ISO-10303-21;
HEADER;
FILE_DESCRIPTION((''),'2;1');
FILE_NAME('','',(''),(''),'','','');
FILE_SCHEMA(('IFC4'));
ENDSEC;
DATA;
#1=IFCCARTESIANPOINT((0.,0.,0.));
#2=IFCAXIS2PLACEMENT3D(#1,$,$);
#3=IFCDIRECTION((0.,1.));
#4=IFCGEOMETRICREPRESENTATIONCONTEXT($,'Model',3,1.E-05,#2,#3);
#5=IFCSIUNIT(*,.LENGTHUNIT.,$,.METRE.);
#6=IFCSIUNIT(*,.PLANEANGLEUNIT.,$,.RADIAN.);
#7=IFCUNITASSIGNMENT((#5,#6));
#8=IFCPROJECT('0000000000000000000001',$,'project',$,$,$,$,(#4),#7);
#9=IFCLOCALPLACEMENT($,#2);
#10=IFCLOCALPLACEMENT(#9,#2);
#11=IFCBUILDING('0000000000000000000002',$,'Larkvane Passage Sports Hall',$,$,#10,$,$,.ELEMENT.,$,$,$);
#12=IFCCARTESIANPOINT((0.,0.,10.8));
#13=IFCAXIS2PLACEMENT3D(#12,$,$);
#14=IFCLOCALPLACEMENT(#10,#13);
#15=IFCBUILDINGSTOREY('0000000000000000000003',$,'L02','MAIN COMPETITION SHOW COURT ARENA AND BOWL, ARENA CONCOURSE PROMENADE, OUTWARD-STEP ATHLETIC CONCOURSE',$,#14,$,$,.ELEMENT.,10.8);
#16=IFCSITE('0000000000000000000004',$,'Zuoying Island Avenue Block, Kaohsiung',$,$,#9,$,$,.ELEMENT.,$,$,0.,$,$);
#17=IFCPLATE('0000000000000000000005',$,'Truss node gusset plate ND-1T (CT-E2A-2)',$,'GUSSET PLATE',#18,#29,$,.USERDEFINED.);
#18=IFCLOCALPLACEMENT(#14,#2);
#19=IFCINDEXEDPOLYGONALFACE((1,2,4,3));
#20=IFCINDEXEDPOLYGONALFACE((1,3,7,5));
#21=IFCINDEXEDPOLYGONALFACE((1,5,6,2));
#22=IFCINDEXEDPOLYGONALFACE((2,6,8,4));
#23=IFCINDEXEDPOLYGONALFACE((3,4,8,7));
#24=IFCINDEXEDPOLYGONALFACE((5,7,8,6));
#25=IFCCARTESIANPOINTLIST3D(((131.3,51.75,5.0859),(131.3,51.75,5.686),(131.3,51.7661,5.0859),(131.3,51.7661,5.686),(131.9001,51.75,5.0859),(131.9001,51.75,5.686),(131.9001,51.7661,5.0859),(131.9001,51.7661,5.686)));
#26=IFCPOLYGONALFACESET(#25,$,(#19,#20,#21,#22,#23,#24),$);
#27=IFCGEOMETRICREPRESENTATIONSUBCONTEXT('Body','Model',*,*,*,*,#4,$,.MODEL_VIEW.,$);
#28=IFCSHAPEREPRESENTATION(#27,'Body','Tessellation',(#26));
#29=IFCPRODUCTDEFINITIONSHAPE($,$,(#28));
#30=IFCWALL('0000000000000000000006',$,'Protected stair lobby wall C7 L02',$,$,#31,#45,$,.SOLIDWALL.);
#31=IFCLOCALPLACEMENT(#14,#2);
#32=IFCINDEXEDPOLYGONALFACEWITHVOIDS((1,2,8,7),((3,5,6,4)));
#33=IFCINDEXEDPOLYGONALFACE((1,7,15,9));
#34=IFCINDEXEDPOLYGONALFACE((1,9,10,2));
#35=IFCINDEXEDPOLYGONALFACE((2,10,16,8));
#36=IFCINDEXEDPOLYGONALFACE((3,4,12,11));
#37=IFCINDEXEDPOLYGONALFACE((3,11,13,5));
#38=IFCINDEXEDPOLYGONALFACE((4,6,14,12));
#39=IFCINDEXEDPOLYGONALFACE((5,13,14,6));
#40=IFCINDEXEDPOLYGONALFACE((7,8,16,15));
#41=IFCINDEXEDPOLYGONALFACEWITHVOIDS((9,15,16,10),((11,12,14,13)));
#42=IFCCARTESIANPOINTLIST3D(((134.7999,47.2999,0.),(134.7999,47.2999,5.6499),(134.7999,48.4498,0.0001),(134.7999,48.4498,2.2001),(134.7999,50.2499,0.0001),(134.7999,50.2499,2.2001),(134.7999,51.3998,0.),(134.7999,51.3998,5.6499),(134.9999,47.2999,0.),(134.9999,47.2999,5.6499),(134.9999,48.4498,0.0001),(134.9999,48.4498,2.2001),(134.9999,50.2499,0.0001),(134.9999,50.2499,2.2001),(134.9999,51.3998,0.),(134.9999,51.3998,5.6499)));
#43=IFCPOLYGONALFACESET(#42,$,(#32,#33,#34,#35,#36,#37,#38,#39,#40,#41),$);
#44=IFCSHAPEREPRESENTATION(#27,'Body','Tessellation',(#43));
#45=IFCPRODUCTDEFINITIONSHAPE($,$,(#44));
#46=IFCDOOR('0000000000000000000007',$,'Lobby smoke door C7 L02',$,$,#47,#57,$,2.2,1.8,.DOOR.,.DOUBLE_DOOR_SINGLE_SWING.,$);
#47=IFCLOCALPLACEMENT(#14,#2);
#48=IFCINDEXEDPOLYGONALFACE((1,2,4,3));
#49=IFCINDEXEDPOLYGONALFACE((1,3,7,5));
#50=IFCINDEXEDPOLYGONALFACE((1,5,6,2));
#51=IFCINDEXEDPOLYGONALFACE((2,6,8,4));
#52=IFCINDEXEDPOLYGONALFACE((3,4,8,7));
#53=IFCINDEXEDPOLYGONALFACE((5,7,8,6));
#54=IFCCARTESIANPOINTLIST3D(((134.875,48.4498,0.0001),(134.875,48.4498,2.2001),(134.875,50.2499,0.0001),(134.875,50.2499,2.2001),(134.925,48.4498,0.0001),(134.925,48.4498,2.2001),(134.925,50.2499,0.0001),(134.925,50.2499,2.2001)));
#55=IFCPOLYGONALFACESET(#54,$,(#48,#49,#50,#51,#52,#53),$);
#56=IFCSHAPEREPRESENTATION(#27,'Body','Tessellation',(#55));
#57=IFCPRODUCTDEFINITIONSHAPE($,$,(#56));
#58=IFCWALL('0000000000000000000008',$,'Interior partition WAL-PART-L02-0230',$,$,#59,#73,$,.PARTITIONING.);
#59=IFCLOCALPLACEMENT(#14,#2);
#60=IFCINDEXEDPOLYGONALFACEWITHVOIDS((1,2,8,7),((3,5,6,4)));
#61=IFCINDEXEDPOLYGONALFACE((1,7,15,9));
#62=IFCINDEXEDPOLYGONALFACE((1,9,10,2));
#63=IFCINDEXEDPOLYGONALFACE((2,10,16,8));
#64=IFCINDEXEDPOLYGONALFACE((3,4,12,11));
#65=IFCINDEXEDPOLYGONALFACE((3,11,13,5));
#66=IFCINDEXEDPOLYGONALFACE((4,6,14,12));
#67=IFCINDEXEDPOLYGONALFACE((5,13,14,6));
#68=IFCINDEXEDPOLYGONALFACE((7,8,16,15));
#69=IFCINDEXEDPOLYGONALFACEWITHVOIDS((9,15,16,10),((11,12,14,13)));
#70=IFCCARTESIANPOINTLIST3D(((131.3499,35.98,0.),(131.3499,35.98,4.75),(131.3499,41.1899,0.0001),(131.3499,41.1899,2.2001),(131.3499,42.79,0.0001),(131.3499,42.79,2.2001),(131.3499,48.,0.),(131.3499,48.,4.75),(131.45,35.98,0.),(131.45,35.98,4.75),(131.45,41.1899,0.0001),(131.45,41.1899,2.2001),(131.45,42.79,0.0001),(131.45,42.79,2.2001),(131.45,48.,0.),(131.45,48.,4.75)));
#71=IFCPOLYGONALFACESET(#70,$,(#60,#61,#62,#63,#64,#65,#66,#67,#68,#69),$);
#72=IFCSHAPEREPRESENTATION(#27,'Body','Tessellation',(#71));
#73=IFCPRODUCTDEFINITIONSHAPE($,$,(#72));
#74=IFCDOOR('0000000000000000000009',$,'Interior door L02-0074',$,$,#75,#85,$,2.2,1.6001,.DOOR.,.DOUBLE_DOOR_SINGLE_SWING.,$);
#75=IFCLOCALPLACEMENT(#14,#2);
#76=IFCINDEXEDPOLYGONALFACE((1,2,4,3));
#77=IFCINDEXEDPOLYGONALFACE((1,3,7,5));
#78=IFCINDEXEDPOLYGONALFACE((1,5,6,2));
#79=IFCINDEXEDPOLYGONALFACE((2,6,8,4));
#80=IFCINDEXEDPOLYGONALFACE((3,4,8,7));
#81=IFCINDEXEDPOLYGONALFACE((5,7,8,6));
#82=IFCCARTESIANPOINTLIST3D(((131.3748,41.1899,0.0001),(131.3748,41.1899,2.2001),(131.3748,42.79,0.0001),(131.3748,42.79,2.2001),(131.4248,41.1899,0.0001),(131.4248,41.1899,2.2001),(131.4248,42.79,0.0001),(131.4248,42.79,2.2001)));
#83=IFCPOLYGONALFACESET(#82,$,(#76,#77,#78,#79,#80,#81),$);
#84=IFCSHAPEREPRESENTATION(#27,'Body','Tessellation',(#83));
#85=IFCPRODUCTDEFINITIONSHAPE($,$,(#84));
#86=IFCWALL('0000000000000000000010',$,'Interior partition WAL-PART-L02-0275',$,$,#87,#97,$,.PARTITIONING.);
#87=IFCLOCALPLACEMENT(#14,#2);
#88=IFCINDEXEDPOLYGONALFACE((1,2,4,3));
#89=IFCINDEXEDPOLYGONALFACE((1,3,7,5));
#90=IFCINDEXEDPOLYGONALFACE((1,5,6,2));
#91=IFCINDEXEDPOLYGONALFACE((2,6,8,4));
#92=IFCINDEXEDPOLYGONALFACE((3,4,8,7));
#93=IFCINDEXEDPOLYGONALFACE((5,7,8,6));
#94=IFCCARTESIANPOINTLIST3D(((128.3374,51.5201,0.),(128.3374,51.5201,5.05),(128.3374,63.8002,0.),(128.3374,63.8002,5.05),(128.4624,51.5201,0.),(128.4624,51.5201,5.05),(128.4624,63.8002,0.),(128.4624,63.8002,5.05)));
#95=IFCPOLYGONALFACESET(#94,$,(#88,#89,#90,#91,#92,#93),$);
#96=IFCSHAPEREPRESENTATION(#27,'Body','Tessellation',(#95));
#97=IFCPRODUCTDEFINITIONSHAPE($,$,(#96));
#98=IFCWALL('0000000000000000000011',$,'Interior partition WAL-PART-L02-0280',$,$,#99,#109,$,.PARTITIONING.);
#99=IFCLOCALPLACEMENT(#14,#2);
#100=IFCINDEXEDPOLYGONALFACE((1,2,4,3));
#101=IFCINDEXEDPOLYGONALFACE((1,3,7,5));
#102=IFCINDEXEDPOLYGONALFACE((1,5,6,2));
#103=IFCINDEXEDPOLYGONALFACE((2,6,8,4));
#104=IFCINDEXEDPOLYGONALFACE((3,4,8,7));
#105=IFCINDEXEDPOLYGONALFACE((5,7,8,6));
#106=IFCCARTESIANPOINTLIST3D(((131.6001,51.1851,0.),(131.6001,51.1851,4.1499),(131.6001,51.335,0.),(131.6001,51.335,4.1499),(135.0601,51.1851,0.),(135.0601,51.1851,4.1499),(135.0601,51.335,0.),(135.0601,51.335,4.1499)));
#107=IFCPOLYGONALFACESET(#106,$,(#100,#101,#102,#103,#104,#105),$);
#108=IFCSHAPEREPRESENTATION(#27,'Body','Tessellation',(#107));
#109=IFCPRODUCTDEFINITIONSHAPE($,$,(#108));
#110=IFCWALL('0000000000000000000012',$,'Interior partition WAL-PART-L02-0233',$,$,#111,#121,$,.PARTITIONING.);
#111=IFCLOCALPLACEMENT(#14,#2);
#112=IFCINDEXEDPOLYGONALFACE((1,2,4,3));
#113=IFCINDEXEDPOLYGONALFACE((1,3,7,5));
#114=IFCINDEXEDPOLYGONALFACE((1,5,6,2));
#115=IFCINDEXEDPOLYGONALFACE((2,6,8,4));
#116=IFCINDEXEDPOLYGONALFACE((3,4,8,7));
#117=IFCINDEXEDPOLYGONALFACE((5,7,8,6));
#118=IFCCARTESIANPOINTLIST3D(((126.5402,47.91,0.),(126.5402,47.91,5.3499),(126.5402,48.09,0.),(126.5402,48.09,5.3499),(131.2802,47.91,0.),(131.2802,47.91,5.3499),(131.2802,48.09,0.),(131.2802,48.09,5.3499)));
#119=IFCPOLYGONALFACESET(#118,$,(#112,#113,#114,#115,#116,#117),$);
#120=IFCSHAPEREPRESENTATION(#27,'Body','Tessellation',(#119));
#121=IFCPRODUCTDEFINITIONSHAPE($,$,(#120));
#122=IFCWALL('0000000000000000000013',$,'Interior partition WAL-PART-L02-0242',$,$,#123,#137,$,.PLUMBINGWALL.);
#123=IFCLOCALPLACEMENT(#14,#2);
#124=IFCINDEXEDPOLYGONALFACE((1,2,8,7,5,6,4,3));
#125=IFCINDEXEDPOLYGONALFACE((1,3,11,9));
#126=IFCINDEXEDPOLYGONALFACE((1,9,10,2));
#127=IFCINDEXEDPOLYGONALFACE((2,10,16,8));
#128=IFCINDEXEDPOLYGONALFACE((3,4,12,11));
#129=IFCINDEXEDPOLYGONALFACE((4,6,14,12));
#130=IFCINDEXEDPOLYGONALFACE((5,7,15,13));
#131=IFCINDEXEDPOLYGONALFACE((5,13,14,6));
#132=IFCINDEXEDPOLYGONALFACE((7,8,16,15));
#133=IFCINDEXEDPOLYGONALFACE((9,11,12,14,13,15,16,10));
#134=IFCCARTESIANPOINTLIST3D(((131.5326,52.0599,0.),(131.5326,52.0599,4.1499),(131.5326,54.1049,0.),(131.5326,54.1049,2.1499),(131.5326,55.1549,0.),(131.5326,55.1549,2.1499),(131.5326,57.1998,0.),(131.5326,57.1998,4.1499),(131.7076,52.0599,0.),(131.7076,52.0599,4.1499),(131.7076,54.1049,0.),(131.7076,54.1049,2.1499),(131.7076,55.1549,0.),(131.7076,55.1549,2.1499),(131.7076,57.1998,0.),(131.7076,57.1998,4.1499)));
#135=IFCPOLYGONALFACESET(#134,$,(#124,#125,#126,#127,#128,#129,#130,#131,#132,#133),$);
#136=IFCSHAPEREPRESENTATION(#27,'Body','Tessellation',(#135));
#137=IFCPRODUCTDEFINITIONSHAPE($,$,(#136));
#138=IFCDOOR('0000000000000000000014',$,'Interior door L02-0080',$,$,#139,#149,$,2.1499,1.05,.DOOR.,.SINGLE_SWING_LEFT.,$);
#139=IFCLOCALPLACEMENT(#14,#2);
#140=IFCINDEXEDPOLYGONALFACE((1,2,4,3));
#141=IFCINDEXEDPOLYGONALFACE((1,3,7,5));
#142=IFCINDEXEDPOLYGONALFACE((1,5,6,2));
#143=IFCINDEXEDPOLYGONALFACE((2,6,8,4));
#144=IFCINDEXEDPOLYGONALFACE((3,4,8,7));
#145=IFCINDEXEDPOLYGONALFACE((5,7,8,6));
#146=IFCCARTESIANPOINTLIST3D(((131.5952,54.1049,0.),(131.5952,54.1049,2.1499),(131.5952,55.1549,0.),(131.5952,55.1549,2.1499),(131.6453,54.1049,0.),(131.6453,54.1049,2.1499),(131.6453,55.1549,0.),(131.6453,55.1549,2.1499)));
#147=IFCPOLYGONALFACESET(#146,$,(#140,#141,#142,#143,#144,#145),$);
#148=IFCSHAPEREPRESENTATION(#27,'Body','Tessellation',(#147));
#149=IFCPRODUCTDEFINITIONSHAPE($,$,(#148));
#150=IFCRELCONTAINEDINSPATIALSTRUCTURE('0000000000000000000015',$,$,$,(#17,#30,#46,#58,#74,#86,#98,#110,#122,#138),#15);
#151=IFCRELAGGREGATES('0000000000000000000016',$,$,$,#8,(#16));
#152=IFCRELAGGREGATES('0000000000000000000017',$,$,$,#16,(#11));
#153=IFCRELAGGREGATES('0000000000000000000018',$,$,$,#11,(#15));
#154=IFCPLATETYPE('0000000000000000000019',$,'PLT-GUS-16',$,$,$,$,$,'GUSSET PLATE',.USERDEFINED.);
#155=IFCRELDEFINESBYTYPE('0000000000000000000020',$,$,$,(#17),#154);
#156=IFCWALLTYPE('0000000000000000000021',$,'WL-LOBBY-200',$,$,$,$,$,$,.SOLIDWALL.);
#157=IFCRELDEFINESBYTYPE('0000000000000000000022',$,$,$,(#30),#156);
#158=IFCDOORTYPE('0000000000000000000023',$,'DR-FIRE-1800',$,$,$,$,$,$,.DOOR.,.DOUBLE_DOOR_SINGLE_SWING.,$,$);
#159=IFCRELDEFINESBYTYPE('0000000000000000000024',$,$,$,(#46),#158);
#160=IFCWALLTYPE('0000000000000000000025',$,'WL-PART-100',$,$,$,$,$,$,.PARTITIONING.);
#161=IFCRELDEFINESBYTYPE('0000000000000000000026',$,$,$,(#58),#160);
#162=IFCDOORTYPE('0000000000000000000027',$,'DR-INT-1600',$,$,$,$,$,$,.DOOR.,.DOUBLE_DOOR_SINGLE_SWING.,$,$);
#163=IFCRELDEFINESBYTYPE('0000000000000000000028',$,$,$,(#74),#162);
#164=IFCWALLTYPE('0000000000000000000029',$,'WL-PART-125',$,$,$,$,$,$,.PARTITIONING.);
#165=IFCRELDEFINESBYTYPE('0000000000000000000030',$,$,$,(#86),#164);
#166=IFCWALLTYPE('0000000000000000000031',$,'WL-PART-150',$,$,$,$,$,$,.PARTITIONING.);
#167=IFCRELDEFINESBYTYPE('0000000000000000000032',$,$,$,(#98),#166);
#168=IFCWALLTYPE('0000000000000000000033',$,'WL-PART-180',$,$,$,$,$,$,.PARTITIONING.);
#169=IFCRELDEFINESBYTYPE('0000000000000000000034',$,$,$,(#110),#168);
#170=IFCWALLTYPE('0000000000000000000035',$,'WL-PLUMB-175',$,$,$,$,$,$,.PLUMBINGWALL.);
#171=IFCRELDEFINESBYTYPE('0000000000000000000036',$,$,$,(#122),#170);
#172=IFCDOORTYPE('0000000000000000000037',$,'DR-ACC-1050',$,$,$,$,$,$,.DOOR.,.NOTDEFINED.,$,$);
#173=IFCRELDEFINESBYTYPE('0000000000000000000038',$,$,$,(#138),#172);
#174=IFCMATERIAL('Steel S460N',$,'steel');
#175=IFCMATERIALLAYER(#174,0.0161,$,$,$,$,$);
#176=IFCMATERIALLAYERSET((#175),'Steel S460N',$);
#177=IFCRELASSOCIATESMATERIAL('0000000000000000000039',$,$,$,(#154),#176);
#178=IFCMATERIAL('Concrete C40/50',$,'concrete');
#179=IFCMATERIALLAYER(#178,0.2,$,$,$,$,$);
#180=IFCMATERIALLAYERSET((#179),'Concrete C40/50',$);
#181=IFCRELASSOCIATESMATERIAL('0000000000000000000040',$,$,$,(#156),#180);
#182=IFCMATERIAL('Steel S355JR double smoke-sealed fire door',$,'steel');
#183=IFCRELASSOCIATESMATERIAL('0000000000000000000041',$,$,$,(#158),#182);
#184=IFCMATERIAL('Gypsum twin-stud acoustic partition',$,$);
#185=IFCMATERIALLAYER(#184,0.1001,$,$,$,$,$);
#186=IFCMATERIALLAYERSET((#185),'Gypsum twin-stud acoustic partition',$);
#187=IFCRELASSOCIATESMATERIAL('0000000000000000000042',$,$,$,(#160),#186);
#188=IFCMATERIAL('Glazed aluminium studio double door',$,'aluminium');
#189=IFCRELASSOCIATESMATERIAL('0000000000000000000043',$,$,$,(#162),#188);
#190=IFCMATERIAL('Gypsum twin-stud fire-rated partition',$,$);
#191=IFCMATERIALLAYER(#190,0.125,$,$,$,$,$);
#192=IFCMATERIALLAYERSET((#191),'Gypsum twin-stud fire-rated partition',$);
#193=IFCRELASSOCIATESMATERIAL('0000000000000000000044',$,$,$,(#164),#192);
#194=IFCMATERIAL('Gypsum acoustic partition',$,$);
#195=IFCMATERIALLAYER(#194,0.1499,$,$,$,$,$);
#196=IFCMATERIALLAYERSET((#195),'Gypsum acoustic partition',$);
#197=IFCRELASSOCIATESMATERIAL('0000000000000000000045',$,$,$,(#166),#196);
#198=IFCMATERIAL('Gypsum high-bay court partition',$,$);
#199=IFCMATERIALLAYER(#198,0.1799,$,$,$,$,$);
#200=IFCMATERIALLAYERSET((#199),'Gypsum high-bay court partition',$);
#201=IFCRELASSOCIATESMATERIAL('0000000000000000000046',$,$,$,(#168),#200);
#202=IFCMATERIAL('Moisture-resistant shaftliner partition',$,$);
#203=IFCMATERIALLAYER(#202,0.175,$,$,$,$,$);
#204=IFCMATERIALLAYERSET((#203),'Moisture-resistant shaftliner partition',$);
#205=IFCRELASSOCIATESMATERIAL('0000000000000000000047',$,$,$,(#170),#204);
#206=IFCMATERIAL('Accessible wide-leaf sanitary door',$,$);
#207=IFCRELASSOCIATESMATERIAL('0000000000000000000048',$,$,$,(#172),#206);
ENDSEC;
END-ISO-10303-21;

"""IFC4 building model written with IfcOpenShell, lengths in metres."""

from ifc_helpers import new_model, si_unit, direction, frame, frame_2d, origin, origin_2d, place, context, subcontext, project, spatial, rectangle, extrude, material, layer, layer_set, type_object, element, fill, save


model = new_model("IFC4")

# Units and contexts
model_context = context("Model", 3, precision=1e-05, world=origin(), true_north=direction((0.0, 1.0)))
body_context = subcontext(model_context, "Body", "Model", "MODEL_VIEW")
ifc_project = project(units=[si_unit("LENGTHUNIT", "METRE"), si_unit("PLANEANGLEUNIT", "RADIAN")], contexts=[model_context])

# Site, building, storey
site_placement = place(None, origin())
site = spatial("IfcSite", under=ifc_project, at=site_placement, Name="Zuoying Island Avenue Block, Kaohsiung", CompositionType="ELEMENT", RefElevation=0.0)
building_placement = place(site_placement, origin())
building = spatial("IfcBuilding", under=site, at=building_placement, Name="Larkvane Passage Sports Hall", CompositionType="ELEMENT")
storey_placement = place(building_placement, frame((0.0, 0.0, 10.8)))
storey = spatial("IfcBuildingStorey", under=building, at=storey_placement, Name="L02", Description="MAIN COMPETITION SHOW COURT ARENA AND BOWL, ARENA CONCOURSE PROMENADE, OUTWARD-STEP ATHLETIC CONCOURSE", CompositionType="ELEMENT", Elevation=10.8)

# Shared definitions
ifc_material_1 = material(Name="Steel S460N", Category="steel")

# Plate
ifc_layer_1 = layer(ifc_material_1, 0.0161)
ifc_layer_set_1 = layer_set([ifc_layer_1], Name="Steel S460N")
plate_type_1 = type_object("IfcPlateType", Name="PLT-GUS-16", ElementType="GUSSET PLATE", PredefinedType="USERDEFINED", material=ifc_layer_set_1)
plate_1_placement = place(storey_placement, frame((131.6001, 51.7581, 5.0859), z_axis=(0.0, 0.0, 1.0), x_axis=(1.0, 0.0, 0.0)))
element("IfcPlate", 1, at=plate_1_placement, inside=storey, type_object=plate_type_1, Name="Truss node gusset plate ND-1T (CT-E2A-2)", ObjectType="GUSSET PLATE", PredefinedType="USERDEFINED", context=body_context, shape_type="SweptSolid", body=[
    extrude(rectangle(XDim=0.6001, YDim=0.0161, at=origin_2d()), origin(), (0.0, 0.0, 1.0), 0.6001),
])

# Walls, openings, doors
ifc_material_2 = material(Name="Concrete C40/50", Category="concrete")
ifc_layer_2 = layer(ifc_material_2, 0.2)
ifc_layer_set_2 = layer_set([ifc_layer_2], Name="Concrete C40/50")
wall_type_1 = type_object("IfcWallType", Name="WL-LOBBY-200", PredefinedType="SOLIDWALL", material=ifc_layer_set_2)
wall_1_placement = place(storey_placement, frame((134.8999, 47.3, 0.0), z_axis=(0.0, 0.0, 1.0), x_axis=(0.0, 1.0, 0.0)))
wall_1 = element("IfcWall", 2, at=wall_1_placement, inside=storey, type_object=wall_type_1, Name="Protected stair lobby wall C7 L02", PredefinedType="SOLIDWALL", context=body_context, shape_type="SweptSolid", body=[
    extrude(rectangle(XDim=4.0999, YDim=0.2, at=frame_2d((2.0498, 0.0))), origin(), (0.0, 0.0, 1.0), 5.6499),
])
opening_1_placement = place(wall_1_placement, frame((1.1499, 0.0, 0.0)))
opening_1 = element("IfcOpeningElement", 3, at=opening_1_placement, cuts=wall_1, PredefinedType="OPENING", context=body_context, shape_type="SweptSolid", body=[
    extrude(rectangle(XDim=1.8, YDim=2.2, at=frame_2d((0.8999, 1.1001))), frame((0.0, 0.1099, 0.0), z_axis=(0.0, -1.0, 0.0), x_axis=(1.0, 0.0, 0.0)), (0.0, 0.0, 1.0), 0.22),
])
ifc_material_3 = material(Name="Steel S355JR double smoke-sealed fire door", Category="steel")
door_type_1 = type_object("IfcDoorType", Name="DR-FIRE-1800", OperationType="DOUBLE_DOOR_SINGLE_SWING", PredefinedType="DOOR", material=ifc_material_3)
door_1_placement = place(opening_1_placement, origin())
door_1 = element("IfcDoor", 4, at=door_1_placement, inside=storey, type_object=door_type_1, Name="Lobby smoke door C7 L02", OperationType="DOUBLE_DOOR_SINGLE_SWING", OverallHeight=2.2, OverallWidth=1.8, PredefinedType="DOOR", context=body_context, shape_type="SweptSolid", body=[
    extrude(rectangle(XDim=1.8, YDim=2.2, at=frame_2d((0.8999, 1.1001))), frame((0.0, 0.0249, 0.0), z_axis=(0.0, -1.0, 0.0), x_axis=(1.0, 0.0, 0.0)), (0.0, 0.0, 1.0), 0.05),
])
fill(opening_1, door_1)
ifc_material_4 = material(Name="Gypsum twin-stud acoustic partition")
ifc_layer_3 = layer(ifc_material_4, 0.1001)
ifc_layer_set_3 = layer_set([ifc_layer_3], Name="Gypsum twin-stud acoustic partition")
wall_type_2 = type_object("IfcWallType", Name="WL-PART-100", PredefinedType="PARTITIONING", material=ifc_layer_set_3)
wall_2_placement = place(storey_placement, frame((131.3999, 48.0, 0.0), z_axis=(0.0, 0.0, 1.0), x_axis=(0.0, -1.0, 0.0)))
wall_2 = element("IfcWall", 5, at=wall_2_placement, inside=storey, type_object=wall_type_2, Name="Interior partition WAL-PART-L02-0230", PredefinedType="PARTITIONING", context=body_context, shape_type="SweptSolid", body=[
    extrude(rectangle(XDim=12.02, YDim=0.1001, at=frame_2d((6.01, 0.0))), origin(), (0.0, 0.0, 1.0), 4.75),
])
opening_2_placement = place(wall_2_placement, frame((5.21, 0.0, 0.0)))
opening_2 = element("IfcOpeningElement", 6, at=opening_2_placement, cuts=wall_2, PredefinedType="OPENING", context=body_context, shape_type="SweptSolid", body=[
    extrude(rectangle(XDim=1.6001, YDim=2.2, at=frame_2d((0.8, 1.1001))), frame((0.0, 0.0601, 0.0), z_axis=(0.0, -1.0, 0.0), x_axis=(1.0, 0.0, 0.0)), (0.0, 0.0, 1.0), 0.1201),
])
ifc_material_5 = material(Name="Glazed aluminium studio double door", Category="aluminium")
door_type_2 = type_object("IfcDoorType", Name="DR-INT-1600", OperationType="DOUBLE_DOOR_SINGLE_SWING", PredefinedType="DOOR", material=ifc_material_5)
door_2_placement = place(opening_2_placement, origin())
door_2 = element("IfcDoor", 7, at=door_2_placement, inside=storey, type_object=door_type_2, Name="Interior door L02-0074", OperationType="DOUBLE_DOOR_SINGLE_SWING", OverallHeight=2.2, OverallWidth=1.6001, PredefinedType="DOOR", context=body_context, shape_type="SweptSolid", body=[
    extrude(rectangle(XDim=1.6001, YDim=2.2, at=frame_2d((0.8, 1.1001))), frame((0.0, 0.0249, 0.0), z_axis=(0.0, -1.0, 0.0), x_axis=(1.0, 0.0, 0.0)), (0.0, 0.0, 1.0), 0.05),
])
fill(opening_2, door_2)

# Walls
ifc_material_6 = material(Name="Gypsum twin-stud fire-rated partition")
ifc_layer_4 = layer(ifc_material_6, 0.125)
ifc_layer_set_4 = layer_set([ifc_layer_4], Name="Gypsum twin-stud fire-rated partition")
wall_type_3 = type_object("IfcWallType", Name="WL-PART-125", PredefinedType="PARTITIONING", material=ifc_layer_set_4)
wall_3_placement = place(storey_placement, frame((128.3999, 51.52, 0.0), z_axis=(0.0, 0.0, 1.0), x_axis=(0.0, 1.0, 0.0)))
element("IfcWall", 8, at=wall_3_placement, inside=storey, type_object=wall_type_3, Name="Interior partition WAL-PART-L02-0275", PredefinedType="PARTITIONING", context=body_context, shape_type="SweptSolid", body=[
    extrude(rectangle(XDim=12.28, YDim=0.125, at=frame_2d((6.1401, 0.0))), origin(), (0.0, 0.0, 1.0), 5.05),
])
ifc_material_7 = material(Name="Gypsum acoustic partition")
ifc_layer_5 = layer(ifc_material_7, 0.1499)
ifc_layer_set_5 = layer_set([ifc_layer_5], Name="Gypsum acoustic partition")
wall_type_4 = type_object("IfcWallType", Name="WL-PART-150", PredefinedType="PARTITIONING", material=ifc_layer_set_5)
wall_4_placement = place(storey_placement, frame((131.6001, 51.26, 0.0), z_axis=(0.0, 0.0, 1.0), x_axis=(1.0, 0.0, 0.0)))
element("IfcWall", 9, at=wall_4_placement, inside=storey, type_object=wall_type_4, Name="Interior partition WAL-PART-L02-0280", PredefinedType="PARTITIONING", context=body_context, shape_type="SweptSolid", body=[
    extrude(rectangle(XDim=3.46, YDim=0.1499, at=frame_2d((1.73, 0.0))), origin(), (0.0, 0.0, 1.0), 4.1499),
])
ifc_material_8 = material(Name="Gypsum high-bay court partition")
ifc_layer_6 = layer(ifc_material_8, 0.1799)
ifc_layer_set_6 = layer_set([ifc_layer_6], Name="Gypsum high-bay court partition")
wall_type_5 = type_object("IfcWallType", Name="WL-PART-180", PredefinedType="PARTITIONING", material=ifc_layer_set_6)
wall_5_placement = place(storey_placement, frame((126.54, 48.0, 0.0), z_axis=(0.0, 0.0, 1.0), x_axis=(1.0, 0.0, 0.0)))
element("IfcWall", 10, at=wall_5_placement, inside=storey, type_object=wall_type_5, Name="Interior partition WAL-PART-L02-0233", PredefinedType="PARTITIONING", context=body_context, shape_type="SweptSolid", body=[
    extrude(rectangle(XDim=4.74, YDim=0.1799, at=frame_2d((2.3701, 0.0))), origin(), (0.0, 0.0, 1.0), 5.3499),
])

# Wall, opening, door
ifc_material_9 = material(Name="Moisture-resistant shaftliner partition")
ifc_layer_7 = layer(ifc_material_9, 0.175)
ifc_layer_set_7 = layer_set([ifc_layer_7], Name="Moisture-resistant shaftliner partition")
wall_type_6 = type_object("IfcWallType", Name="WL-PLUMB-175", PredefinedType="PLUMBINGWALL", material=ifc_layer_set_7)
wall_6_placement = place(storey_placement, frame((131.6201, 52.0601, 0.0), z_axis=(0.0, 0.0, 1.0), x_axis=(0.0, 1.0, 0.0)))
wall_6 = element("IfcWall", 11, at=wall_6_placement, inside=storey, type_object=wall_type_6, Name="Interior partition WAL-PART-L02-0242", PredefinedType="PLUMBINGWALL", context=body_context, shape_type="SweptSolid", body=[
    extrude(rectangle(XDim=5.1399, YDim=0.175, at=frame_2d((2.5698, 0.0))), origin(), (0.0, 0.0, 1.0), 4.1499),
])
opening_3_placement = place(wall_6_placement, frame((2.0449, 0.0, 0.0)))
opening_3 = element("IfcOpeningElement", 12, at=opening_3_placement, cuts=wall_6, PredefinedType="OPENING", context=body_context, shape_type="SweptSolid", body=[
    extrude(rectangle(XDim=1.05, YDim=2.1499, at=frame_2d((0.5249, 1.075))), frame((0.0, 0.0974, 0.0), z_axis=(0.0, -1.0, 0.0), x_axis=(1.0, 0.0, 0.0)), (0.0, 0.0, 1.0), 0.1951),
])
ifc_material_10 = material(Name="Accessible wide-leaf sanitary door")
door_type_3 = type_object("IfcDoorType", Name="DR-ACC-1050", OperationType="NOTDEFINED", PredefinedType="DOOR", material=ifc_material_10)
door_3_placement = place(opening_3_placement, origin())
door_3 = element("IfcDoor", 13, at=door_3_placement, inside=storey, type_object=door_type_3, Name="Interior door L02-0080", OperationType="SINGLE_SWING_LEFT", OverallHeight=2.1499, OverallWidth=1.05, PredefinedType="DOOR", context=body_context, shape_type="SweptSolid", body=[
    extrude(rectangle(XDim=1.05, YDim=2.1499, at=frame_2d((0.5249, 1.075))), frame((0.0, 0.0249, 0.0), z_axis=(0.0, -1.0, 0.0), x_axis=(1.0, 0.0, 0.0)), (0.0, 0.0, 1.0), 0.05),
])
fill(opening_3, door_3)

save(model, "model.ifc")
